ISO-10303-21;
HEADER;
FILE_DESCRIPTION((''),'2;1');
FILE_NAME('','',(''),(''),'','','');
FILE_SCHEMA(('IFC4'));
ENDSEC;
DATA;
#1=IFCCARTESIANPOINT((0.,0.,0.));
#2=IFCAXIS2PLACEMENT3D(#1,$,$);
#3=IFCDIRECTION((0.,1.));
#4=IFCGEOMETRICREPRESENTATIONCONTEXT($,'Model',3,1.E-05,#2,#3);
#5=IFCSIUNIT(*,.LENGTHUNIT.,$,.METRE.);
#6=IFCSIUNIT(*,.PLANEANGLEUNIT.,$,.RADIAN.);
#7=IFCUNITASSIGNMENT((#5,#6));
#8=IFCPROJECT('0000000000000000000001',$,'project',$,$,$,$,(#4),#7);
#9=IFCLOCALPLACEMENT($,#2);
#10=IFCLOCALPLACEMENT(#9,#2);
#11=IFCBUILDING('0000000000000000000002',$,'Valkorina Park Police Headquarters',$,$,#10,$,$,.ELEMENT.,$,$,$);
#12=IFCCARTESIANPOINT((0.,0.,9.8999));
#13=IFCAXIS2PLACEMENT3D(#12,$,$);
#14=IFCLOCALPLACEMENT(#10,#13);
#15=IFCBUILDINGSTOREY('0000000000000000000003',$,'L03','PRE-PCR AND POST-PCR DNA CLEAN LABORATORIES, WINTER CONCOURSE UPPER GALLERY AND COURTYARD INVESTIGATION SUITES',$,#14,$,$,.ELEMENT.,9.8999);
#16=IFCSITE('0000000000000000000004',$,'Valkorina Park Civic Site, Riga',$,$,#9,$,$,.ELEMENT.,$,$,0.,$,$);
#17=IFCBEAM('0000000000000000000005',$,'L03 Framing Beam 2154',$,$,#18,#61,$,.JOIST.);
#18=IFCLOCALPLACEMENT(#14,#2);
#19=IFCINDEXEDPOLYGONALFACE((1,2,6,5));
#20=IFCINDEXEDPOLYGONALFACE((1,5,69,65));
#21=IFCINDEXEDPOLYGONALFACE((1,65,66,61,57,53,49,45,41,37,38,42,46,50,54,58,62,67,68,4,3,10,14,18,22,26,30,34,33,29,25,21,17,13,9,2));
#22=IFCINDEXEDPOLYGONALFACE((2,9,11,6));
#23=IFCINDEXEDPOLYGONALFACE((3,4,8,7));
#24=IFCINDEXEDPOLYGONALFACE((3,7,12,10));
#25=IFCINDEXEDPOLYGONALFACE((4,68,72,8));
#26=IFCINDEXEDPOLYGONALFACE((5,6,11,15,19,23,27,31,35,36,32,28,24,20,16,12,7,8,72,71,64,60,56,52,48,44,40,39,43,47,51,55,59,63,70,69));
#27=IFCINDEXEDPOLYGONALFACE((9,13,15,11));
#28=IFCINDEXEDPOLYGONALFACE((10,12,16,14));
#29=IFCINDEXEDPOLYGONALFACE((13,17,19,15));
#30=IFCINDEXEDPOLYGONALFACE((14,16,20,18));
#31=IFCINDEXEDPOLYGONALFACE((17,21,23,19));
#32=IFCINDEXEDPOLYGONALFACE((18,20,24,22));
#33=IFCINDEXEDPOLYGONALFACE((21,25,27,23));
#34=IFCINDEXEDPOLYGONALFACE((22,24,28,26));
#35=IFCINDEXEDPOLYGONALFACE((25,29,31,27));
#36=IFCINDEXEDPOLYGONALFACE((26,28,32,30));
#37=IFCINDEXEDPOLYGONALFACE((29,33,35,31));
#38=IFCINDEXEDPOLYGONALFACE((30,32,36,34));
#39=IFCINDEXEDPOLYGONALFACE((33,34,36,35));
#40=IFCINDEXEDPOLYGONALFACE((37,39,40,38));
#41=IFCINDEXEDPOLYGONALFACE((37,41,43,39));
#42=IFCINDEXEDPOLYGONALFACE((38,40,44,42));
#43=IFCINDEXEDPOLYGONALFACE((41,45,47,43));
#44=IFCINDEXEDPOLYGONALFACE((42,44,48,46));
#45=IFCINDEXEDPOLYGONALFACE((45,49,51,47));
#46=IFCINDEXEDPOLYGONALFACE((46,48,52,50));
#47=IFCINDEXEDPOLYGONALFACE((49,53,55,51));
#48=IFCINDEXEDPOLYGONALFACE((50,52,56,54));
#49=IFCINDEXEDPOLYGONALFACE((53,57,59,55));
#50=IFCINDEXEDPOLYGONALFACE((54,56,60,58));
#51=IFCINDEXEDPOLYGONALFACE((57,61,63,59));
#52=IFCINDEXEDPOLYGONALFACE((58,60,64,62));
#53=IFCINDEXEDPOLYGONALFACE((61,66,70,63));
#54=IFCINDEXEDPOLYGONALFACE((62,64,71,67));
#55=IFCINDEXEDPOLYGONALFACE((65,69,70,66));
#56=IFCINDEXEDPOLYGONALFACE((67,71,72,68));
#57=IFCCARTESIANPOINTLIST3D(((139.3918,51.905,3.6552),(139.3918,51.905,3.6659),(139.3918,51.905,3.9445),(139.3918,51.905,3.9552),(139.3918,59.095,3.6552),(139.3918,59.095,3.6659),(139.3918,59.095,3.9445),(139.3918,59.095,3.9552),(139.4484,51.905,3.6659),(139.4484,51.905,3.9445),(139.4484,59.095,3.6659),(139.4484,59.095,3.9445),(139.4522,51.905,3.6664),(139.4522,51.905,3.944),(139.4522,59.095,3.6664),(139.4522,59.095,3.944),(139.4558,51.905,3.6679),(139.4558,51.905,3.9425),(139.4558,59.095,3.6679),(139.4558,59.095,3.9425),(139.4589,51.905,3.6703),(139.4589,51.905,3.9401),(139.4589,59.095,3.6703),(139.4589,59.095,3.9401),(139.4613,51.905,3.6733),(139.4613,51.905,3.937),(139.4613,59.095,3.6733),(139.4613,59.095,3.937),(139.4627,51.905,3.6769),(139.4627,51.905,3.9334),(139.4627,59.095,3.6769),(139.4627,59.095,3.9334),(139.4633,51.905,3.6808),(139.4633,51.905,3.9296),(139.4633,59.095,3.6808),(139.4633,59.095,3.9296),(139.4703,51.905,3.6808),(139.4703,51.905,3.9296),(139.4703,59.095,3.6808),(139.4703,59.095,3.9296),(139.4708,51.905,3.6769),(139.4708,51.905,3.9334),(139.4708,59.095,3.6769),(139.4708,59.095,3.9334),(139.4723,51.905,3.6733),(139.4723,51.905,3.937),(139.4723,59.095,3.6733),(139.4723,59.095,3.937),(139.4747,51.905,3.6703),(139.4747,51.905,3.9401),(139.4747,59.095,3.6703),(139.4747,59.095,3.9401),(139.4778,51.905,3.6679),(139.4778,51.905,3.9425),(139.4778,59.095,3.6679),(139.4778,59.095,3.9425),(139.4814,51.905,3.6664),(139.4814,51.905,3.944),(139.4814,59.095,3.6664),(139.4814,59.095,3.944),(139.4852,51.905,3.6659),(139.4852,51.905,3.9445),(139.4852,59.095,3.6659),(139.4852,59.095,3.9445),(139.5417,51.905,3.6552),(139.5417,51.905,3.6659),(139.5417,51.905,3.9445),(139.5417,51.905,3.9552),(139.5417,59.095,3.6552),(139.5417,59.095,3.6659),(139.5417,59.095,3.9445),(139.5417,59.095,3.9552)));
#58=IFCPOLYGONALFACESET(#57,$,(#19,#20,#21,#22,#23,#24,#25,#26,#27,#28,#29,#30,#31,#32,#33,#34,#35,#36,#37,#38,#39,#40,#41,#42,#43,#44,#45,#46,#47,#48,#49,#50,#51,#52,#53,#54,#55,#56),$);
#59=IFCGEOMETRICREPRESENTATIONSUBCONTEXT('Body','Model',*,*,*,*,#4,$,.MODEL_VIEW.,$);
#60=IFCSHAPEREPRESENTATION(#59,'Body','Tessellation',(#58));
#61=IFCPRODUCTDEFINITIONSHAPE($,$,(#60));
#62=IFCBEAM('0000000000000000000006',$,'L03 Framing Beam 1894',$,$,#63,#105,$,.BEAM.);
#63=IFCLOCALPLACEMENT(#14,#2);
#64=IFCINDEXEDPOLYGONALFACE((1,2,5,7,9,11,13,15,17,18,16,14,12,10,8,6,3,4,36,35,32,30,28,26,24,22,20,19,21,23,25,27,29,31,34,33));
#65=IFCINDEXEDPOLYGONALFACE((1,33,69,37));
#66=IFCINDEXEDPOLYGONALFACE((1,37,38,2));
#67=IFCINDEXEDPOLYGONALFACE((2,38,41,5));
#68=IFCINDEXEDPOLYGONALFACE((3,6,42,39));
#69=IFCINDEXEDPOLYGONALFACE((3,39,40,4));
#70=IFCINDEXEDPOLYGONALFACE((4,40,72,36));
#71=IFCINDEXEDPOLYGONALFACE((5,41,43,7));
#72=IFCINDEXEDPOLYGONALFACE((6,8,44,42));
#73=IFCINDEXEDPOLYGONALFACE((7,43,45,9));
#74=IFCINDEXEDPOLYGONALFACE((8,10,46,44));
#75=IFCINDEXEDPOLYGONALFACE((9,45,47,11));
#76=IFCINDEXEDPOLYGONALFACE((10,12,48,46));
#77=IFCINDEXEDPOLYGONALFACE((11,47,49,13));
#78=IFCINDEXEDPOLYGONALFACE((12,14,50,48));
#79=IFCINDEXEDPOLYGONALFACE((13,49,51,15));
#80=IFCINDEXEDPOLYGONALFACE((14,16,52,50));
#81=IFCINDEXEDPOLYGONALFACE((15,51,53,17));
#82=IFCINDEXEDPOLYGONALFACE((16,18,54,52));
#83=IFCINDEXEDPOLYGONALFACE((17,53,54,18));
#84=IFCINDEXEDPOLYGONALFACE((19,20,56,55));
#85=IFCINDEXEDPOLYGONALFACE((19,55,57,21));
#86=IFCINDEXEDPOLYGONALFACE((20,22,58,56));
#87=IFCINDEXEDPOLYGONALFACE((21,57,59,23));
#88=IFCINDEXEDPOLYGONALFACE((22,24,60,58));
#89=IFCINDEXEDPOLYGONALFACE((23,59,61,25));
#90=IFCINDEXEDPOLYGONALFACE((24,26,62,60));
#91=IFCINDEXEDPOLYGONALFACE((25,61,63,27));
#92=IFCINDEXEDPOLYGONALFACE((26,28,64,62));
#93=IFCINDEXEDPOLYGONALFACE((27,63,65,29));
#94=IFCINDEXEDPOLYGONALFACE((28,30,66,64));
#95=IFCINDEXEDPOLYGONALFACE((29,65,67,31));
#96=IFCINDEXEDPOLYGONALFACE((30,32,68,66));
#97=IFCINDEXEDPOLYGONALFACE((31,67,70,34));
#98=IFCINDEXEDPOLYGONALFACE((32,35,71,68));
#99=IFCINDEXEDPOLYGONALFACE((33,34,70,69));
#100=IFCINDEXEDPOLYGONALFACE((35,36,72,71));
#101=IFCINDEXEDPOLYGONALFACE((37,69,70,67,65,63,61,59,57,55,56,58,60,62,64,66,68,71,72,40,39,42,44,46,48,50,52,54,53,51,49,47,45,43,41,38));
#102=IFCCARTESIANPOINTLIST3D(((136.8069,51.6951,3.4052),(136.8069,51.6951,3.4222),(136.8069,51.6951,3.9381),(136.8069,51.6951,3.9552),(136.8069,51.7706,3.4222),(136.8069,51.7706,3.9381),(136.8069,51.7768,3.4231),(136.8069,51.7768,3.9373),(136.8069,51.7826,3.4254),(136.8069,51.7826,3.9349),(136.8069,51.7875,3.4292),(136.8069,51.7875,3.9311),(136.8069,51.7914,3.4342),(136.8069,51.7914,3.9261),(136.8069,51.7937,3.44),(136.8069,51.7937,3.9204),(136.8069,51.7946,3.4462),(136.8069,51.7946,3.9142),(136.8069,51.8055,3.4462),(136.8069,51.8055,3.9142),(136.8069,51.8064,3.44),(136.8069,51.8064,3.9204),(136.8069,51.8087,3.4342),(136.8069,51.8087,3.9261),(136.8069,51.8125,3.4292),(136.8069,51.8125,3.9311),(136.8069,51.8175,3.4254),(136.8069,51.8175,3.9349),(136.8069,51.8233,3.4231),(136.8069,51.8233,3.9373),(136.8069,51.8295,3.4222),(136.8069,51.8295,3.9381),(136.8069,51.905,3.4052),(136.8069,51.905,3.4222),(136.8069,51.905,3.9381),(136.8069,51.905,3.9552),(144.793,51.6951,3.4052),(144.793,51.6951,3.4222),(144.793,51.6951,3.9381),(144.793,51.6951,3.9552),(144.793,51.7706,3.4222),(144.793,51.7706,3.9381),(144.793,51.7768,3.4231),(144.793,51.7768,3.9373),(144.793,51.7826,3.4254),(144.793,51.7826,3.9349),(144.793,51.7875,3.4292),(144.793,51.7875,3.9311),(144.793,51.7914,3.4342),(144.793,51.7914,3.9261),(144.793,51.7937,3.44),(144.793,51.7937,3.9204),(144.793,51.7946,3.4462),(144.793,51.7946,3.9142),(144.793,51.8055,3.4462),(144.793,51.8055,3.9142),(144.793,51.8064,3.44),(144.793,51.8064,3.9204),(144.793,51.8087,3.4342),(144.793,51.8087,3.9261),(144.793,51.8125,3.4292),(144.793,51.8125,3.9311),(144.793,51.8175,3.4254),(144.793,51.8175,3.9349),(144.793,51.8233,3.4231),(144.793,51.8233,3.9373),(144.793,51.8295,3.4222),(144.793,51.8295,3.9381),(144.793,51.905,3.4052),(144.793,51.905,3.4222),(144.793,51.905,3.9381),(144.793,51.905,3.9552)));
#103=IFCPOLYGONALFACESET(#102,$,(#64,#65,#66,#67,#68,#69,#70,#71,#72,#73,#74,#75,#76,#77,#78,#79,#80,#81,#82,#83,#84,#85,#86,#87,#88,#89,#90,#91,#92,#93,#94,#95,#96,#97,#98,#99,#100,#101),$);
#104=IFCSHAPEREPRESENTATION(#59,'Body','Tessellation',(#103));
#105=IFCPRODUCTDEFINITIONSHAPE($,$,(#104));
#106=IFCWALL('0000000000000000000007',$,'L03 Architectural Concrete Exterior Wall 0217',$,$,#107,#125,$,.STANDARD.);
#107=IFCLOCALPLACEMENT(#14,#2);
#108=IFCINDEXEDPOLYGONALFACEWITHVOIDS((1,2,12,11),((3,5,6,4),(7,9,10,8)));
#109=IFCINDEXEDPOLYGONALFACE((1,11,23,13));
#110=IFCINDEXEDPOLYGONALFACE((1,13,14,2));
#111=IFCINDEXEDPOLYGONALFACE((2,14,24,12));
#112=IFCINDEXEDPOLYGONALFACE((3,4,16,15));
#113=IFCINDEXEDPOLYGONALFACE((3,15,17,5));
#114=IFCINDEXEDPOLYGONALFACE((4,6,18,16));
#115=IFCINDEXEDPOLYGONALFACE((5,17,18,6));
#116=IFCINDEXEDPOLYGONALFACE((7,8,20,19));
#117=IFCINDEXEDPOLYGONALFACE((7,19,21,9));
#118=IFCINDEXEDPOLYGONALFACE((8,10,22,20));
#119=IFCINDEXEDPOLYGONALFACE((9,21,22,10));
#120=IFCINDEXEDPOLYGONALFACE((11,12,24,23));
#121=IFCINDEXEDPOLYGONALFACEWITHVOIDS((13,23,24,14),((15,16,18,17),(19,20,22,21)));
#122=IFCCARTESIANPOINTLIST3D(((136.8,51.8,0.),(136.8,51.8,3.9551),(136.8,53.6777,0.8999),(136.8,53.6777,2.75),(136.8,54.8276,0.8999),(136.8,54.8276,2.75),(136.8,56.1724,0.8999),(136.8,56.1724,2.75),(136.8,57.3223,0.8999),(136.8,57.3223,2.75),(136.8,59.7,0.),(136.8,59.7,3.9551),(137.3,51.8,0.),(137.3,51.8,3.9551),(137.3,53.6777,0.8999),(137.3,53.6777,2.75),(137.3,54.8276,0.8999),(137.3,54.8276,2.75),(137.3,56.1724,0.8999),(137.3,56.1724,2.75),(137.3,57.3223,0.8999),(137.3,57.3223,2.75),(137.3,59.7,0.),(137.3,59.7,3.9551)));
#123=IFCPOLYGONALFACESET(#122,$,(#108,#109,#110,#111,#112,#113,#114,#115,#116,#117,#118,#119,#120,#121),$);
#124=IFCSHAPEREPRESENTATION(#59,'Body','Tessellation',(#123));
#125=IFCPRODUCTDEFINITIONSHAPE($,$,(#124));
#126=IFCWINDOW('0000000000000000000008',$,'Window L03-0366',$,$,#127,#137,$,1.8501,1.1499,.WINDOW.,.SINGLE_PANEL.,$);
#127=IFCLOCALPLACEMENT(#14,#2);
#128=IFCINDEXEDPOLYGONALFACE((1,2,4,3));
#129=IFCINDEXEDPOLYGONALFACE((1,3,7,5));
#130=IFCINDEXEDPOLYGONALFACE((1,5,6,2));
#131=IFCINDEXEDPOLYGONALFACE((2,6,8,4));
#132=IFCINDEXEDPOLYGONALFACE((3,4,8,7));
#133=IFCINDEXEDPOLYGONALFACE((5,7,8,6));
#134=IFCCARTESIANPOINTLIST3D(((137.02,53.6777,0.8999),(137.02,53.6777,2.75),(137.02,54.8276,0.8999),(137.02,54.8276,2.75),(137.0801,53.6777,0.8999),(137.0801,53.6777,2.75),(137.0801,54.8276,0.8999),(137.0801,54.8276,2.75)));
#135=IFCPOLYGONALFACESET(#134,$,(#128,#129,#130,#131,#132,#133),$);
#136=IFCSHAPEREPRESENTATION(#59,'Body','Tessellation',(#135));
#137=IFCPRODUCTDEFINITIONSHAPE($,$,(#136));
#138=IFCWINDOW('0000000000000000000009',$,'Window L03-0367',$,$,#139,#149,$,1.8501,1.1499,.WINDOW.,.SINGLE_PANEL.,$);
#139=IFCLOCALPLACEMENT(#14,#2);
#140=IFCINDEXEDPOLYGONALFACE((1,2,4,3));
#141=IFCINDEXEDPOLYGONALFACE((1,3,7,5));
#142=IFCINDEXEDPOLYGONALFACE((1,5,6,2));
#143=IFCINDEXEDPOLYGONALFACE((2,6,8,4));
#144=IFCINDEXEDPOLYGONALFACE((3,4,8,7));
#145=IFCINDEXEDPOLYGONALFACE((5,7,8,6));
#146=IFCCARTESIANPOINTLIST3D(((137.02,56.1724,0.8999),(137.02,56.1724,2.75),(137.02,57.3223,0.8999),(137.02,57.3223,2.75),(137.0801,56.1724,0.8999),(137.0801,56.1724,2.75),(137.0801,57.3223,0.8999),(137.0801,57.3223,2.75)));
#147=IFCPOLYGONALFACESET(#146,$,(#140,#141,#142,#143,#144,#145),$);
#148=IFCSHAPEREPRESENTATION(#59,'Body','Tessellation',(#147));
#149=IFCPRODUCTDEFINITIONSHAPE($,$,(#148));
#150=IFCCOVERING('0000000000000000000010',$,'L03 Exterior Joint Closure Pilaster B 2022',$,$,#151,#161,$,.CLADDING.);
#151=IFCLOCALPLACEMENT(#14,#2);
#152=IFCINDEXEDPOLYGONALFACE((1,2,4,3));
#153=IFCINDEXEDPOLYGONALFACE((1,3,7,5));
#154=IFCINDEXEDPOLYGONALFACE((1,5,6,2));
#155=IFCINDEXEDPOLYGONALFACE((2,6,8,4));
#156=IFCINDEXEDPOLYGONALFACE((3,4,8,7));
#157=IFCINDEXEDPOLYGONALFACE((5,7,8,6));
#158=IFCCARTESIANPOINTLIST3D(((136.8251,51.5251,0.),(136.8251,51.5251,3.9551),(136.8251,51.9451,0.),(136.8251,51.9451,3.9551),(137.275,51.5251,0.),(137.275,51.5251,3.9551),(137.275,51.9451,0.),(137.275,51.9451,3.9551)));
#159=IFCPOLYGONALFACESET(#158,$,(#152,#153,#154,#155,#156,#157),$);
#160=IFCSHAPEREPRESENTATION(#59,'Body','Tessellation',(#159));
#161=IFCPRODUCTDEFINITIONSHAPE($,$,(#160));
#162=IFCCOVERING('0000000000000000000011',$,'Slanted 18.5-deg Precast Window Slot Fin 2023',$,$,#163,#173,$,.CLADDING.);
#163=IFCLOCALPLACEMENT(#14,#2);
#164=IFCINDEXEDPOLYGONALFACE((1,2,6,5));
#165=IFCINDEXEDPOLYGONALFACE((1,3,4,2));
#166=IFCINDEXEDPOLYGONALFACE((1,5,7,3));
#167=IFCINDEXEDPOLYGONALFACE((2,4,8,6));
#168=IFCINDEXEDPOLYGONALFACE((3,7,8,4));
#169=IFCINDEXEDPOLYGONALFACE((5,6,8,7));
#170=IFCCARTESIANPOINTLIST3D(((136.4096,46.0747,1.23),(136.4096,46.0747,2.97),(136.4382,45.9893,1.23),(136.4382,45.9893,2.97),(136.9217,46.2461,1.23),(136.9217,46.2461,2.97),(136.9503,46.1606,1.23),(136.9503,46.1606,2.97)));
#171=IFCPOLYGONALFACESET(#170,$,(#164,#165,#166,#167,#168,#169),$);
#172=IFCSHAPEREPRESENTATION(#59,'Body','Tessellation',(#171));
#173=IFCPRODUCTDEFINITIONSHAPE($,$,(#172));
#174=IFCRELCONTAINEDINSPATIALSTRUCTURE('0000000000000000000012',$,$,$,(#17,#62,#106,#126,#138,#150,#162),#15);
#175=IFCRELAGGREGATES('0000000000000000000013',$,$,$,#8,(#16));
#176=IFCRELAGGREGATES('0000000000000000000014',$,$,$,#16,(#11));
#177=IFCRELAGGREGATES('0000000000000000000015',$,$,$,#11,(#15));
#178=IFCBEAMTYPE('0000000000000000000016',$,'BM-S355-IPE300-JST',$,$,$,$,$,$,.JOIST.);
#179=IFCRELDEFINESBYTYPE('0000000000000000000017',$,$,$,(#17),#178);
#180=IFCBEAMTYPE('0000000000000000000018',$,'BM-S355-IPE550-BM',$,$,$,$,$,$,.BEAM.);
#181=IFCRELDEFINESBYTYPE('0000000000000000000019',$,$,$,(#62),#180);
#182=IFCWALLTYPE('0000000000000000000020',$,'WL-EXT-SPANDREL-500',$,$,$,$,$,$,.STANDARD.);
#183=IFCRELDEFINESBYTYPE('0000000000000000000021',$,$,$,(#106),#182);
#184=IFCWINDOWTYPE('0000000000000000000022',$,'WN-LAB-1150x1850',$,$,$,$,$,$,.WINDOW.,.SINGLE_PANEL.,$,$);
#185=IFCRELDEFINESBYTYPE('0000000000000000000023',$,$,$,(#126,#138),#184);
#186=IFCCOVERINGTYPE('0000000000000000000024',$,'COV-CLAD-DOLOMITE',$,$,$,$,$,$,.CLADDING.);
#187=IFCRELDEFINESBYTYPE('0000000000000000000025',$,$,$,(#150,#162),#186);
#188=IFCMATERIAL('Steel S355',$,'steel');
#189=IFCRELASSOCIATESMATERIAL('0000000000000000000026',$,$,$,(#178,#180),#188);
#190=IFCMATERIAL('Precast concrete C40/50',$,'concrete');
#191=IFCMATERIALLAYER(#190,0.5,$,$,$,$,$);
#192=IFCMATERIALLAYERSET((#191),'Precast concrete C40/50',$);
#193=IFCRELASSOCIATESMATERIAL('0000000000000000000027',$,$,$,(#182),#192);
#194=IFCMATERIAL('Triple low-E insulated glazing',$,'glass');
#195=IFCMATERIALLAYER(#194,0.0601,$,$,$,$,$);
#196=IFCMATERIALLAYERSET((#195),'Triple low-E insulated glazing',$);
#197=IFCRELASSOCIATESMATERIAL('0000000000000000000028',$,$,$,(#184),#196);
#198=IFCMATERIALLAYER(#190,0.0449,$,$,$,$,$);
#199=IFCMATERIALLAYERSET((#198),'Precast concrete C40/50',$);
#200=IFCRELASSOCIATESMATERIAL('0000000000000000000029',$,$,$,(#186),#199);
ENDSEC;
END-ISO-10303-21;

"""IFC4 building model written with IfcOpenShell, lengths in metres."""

from ifc_helpers import new_model, si_unit, direction, frame, frame_2d, origin, origin_2d, place, context, subcontext, project, spatial, rectangle, i_section, extrude, material, layer, layer_set, material_profile, profile_set, type_object, element, fill, save


model = new_model("IFC4")

# Units and contexts
model_context = context("Model", 3, precision=1e-05, world=origin(), true_north=direction((0.0, 1.0)))
body_context = subcontext(model_context, "Body", "Model", "MODEL_VIEW")
ifc_project = project(units=[si_unit("LENGTHUNIT", "METRE"), si_unit("PLANEANGLEUNIT", "RADIAN")], contexts=[model_context])

# Site, building, storey
site_placement = place(None, origin())
site = spatial("IfcSite", under=ifc_project, at=site_placement, Name="Valkorina Park Civic Site, Riga", CompositionType="ELEMENT", RefElevation=0.0)
building_placement = place(site_placement, origin())
building = spatial("IfcBuilding", under=site, at=building_placement, Name="Valkorina Park Police Headquarters", CompositionType="ELEMENT")
storey_placement = place(building_placement, frame((0.0, 0.0, 9.8999)))
storey = spatial("IfcBuildingStorey", under=building, at=storey_placement, Name="L03", Description="PRE-PCR AND POST-PCR DNA CLEAN LABORATORIES, WINTER CONCOURSE UPPER GALLERY AND COURTYARD INVESTIGATION SUITES", CompositionType="ELEMENT", Elevation=9.8999)

# Shared definitions
ifc_material_1 = material(Name="Steel S355", Category="steel")

# Beams
ifc_material_profile_1 = material_profile(ifc_material_1, i_section(OverallWidth=0.1499, OverallDepth=0.3, WebThickness=0.0071, FlangeThickness=0.0107, FilletRadius=0.0149, at=origin_2d()), Name="IPE 300")
ifc_profile_set_1 = profile_set([ifc_material_profile_1], Name="Steel S355")
beam_type_1 = type_object("IfcBeamType", Name="BM-S355-IPE300-JST", PredefinedType="JOIST", material=ifc_profile_set_1)
beam_1_placement = place(storey_placement, frame((139.4668, 51.905, 3.8052), z_axis=(0.0, 1.0, 0.0), x_axis=(-1.0, 0.0, 0.0)))
element("IfcBeam", 1, at=beam_1_placement, inside=storey, type_object=beam_type_1, Name="L03 Framing Beam 2154", PredefinedType="JOIST", context=body_context, shape_type="SweptSolid", body=[
    extrude(i_section(OverallWidth=0.1499, OverallDepth=0.3, WebThickness=0.0071, FlangeThickness=0.0107, FilletRadius=0.0149, at=origin_2d()), origin(), (0.0, 0.0, 1.0), 7.1899),
])
ifc_material_profile_2 = material_profile(ifc_material_1, i_section(OverallWidth=0.21, OverallDepth=0.55, WebThickness=0.011, FlangeThickness=0.0171, FilletRadius=0.0239, at=origin_2d()), Name="IPE 550")
ifc_profile_set_2 = profile_set([ifc_material_profile_2], Name="Steel S355")
beam_type_2 = type_object("IfcBeamType", Name="BM-S355-IPE550-BM", PredefinedType="BEAM", material=ifc_profile_set_2)
beam_2_placement = place(storey_placement, frame((136.8069, 51.8, 3.6802), z_axis=(1.0, 0.0, 0.0), x_axis=(0.0, 1.0, 0.0)))
element("IfcBeam", 2, at=beam_2_placement, inside=storey, type_object=beam_type_2, Name="L03 Framing Beam 1894", PredefinedType="BEAM", context=body_context, shape_type="SweptSolid", body=[
    extrude(i_section(OverallWidth=0.21, OverallDepth=0.55, WebThickness=0.011, FlangeThickness=0.0171, FilletRadius=0.0239, at=origin_2d()), origin(), (0.0, 0.0, 1.0), 7.9861),
])

# Wall, openings, windows
ifc_material_2 = material(Name="Precast concrete C40/50", Category="concrete")
ifc_layer_1 = layer(ifc_material_2, 0.5)
ifc_layer_set_1 = layer_set([ifc_layer_1], Name="Precast concrete C40/50")
wall_type = type_object("IfcWallType", Name="WL-EXT-SPANDREL-500", PredefinedType="STANDARD", material=ifc_layer_set_1)
wall_placement = place(storey_placement, frame((137.05, 51.8, 0.0), z_axis=(0.0, 0.0, 1.0), x_axis=(0.0, 1.0, 0.0)))
wall = element("IfcWall", 3, at=wall_placement, inside=storey, type_object=wall_type, Name="L03 Architectural Concrete Exterior Wall 0217", PredefinedType="STANDARD", context=body_context, shape_type="SweptSolid", body=[
    extrude(rectangle(XDim=7.8999, YDim=0.5, at=frame_2d((3.95, 0.0))), origin(), (0.0, 0.0, 1.0), 3.9551),
])
opening_1_placement = place(wall_placement, frame((1.8777, 0.0, 0.8999)))
opening_1 = element("IfcOpeningElement", 4, at=opening_1_placement, cuts=wall, PredefinedType="OPENING", context=body_context, shape_type="SweptSolid", body=[
    extrude(rectangle(XDim=1.1499, YDim=1.8501, at=frame_2d((0.575, 0.925))), frame((0.0, 0.26, 0.0), z_axis=(0.0, -1.0, 0.0), x_axis=(1.0, 0.0, 0.0)), (0.0, 0.0, 1.0), 0.52),
])
opening_2_placement = place(wall_placement, frame((4.3723, 0.0, 0.8999)))
opening_2 = element("IfcOpeningElement", 5, at=opening_2_placement, cuts=wall, PredefinedType="OPENING", context=body_context, shape_type="SweptSolid", body=[
    extrude(rectangle(XDim=1.1499, YDim=1.8501, at=frame_2d((0.575, 0.925))), frame((0.0, 0.26, 0.0), z_axis=(0.0, -1.0, 0.0), x_axis=(1.0, 0.0, 0.0)), (0.0, 0.0, 1.0), 0.52),
])
ifc_material_3 = material(Name="Triple low-E insulated glazing", Category="glass")
ifc_layer_2 = layer(ifc_material_3, 0.0601)
ifc_layer_set_2 = layer_set([ifc_layer_2], Name="Triple low-E insulated glazing")
window_type = type_object("IfcWindowType", Name="WN-LAB-1150x1850", PartitioningType="SINGLE_PANEL", PredefinedType="WINDOW", material=ifc_layer_set_2)
window_1_placement = place(opening_1_placement, origin())
window_1 = element("IfcWindow", 6, at=window_1_placement, inside=storey, type_object=window_type, Name="Window L03-0366", OverallHeight=1.8501, OverallWidth=1.1499, PartitioningType="SINGLE_PANEL", PredefinedType="WINDOW", context=body_context, shape_type="SweptSolid", body=[
    extrude(rectangle(XDim=1.1499, YDim=1.8501, at=frame_2d((0.575, 0.925))), frame((0.0, 0.03, 0.0), z_axis=(0.0, -1.0, 0.0), x_axis=(1.0, 0.0, 0.0)), (0.0, 0.0, 1.0), 0.0601),
])
fill(opening_1, window_1)
window_2_placement = place(opening_2_placement, origin())
window_2 = element("IfcWindow", 7, at=window_2_placement, inside=storey, type_object=window_type, Name="Window L03-0367", OverallHeight=1.8501, OverallWidth=1.1499, PartitioningType="SINGLE_PANEL", PredefinedType="WINDOW", context=body_context, shape_type="SweptSolid", body=[
    extrude(rectangle(XDim=1.1499, YDim=1.8501, at=frame_2d((0.575, 0.925))), frame((0.0, 0.03, 0.0), z_axis=(0.0, -1.0, 0.0), x_axis=(1.0, 0.0, 0.0)), (0.0, 0.0, 1.0), 0.0601),
])
fill(opening_2, window_2)

# Coverings
ifc_layer_3 = layer(ifc_material_2, 0.0449)
ifc_layer_set_3 = layer_set([ifc_layer_3], Name="Precast concrete C40/50")
covering_type = type_object("IfcCoveringType", Name="COV-CLAD-DOLOMITE", PredefinedType="CLADDING", material=ifc_layer_set_3)
covering_1_placement = place(storey_placement, frame((137.05, 51.7351, 0.0), z_axis=(0.0, 0.0, 1.0), x_axis=(0.0, 1.0, 0.0)))
element("IfcCovering", 8, at=covering_1_placement, inside=storey, type_object=covering_type, Name="L03 Exterior Joint Closure Pilaster B 2022", PredefinedType="CLADDING", context=body_context, shape_type="SweptSolid", body=[
    extrude(rectangle(XDim=0.4199, YDim=0.45, at=origin_2d()), origin(), (0.0, 0.0, 1.0), 3.9551),
])
for number, where, z_axis, x_axis, name in (
    (9, (136.6799, 46.1177, 1.23), (0.0, 0.0, 1.0), (-0.948324, -0.317305, 0.0), "Slanted 18.5-deg Precast Window Slot Fin 2023"),
):
    element("IfcCovering", number, at=place(storey_placement, frame(where, z_axis=z_axis, x_axis=x_axis)), inside=storey, type_object=covering_type, Name=name, PredefinedType="CLADDING", context=body_context, shape_type="SweptSolid", body=[
        extrude(rectangle(XDim=0.54, YDim=0.0901, at=origin_2d()), origin(), (0.0, 0.0, 1.0), 1.74),
    ])

save(model, "model.ifc")
